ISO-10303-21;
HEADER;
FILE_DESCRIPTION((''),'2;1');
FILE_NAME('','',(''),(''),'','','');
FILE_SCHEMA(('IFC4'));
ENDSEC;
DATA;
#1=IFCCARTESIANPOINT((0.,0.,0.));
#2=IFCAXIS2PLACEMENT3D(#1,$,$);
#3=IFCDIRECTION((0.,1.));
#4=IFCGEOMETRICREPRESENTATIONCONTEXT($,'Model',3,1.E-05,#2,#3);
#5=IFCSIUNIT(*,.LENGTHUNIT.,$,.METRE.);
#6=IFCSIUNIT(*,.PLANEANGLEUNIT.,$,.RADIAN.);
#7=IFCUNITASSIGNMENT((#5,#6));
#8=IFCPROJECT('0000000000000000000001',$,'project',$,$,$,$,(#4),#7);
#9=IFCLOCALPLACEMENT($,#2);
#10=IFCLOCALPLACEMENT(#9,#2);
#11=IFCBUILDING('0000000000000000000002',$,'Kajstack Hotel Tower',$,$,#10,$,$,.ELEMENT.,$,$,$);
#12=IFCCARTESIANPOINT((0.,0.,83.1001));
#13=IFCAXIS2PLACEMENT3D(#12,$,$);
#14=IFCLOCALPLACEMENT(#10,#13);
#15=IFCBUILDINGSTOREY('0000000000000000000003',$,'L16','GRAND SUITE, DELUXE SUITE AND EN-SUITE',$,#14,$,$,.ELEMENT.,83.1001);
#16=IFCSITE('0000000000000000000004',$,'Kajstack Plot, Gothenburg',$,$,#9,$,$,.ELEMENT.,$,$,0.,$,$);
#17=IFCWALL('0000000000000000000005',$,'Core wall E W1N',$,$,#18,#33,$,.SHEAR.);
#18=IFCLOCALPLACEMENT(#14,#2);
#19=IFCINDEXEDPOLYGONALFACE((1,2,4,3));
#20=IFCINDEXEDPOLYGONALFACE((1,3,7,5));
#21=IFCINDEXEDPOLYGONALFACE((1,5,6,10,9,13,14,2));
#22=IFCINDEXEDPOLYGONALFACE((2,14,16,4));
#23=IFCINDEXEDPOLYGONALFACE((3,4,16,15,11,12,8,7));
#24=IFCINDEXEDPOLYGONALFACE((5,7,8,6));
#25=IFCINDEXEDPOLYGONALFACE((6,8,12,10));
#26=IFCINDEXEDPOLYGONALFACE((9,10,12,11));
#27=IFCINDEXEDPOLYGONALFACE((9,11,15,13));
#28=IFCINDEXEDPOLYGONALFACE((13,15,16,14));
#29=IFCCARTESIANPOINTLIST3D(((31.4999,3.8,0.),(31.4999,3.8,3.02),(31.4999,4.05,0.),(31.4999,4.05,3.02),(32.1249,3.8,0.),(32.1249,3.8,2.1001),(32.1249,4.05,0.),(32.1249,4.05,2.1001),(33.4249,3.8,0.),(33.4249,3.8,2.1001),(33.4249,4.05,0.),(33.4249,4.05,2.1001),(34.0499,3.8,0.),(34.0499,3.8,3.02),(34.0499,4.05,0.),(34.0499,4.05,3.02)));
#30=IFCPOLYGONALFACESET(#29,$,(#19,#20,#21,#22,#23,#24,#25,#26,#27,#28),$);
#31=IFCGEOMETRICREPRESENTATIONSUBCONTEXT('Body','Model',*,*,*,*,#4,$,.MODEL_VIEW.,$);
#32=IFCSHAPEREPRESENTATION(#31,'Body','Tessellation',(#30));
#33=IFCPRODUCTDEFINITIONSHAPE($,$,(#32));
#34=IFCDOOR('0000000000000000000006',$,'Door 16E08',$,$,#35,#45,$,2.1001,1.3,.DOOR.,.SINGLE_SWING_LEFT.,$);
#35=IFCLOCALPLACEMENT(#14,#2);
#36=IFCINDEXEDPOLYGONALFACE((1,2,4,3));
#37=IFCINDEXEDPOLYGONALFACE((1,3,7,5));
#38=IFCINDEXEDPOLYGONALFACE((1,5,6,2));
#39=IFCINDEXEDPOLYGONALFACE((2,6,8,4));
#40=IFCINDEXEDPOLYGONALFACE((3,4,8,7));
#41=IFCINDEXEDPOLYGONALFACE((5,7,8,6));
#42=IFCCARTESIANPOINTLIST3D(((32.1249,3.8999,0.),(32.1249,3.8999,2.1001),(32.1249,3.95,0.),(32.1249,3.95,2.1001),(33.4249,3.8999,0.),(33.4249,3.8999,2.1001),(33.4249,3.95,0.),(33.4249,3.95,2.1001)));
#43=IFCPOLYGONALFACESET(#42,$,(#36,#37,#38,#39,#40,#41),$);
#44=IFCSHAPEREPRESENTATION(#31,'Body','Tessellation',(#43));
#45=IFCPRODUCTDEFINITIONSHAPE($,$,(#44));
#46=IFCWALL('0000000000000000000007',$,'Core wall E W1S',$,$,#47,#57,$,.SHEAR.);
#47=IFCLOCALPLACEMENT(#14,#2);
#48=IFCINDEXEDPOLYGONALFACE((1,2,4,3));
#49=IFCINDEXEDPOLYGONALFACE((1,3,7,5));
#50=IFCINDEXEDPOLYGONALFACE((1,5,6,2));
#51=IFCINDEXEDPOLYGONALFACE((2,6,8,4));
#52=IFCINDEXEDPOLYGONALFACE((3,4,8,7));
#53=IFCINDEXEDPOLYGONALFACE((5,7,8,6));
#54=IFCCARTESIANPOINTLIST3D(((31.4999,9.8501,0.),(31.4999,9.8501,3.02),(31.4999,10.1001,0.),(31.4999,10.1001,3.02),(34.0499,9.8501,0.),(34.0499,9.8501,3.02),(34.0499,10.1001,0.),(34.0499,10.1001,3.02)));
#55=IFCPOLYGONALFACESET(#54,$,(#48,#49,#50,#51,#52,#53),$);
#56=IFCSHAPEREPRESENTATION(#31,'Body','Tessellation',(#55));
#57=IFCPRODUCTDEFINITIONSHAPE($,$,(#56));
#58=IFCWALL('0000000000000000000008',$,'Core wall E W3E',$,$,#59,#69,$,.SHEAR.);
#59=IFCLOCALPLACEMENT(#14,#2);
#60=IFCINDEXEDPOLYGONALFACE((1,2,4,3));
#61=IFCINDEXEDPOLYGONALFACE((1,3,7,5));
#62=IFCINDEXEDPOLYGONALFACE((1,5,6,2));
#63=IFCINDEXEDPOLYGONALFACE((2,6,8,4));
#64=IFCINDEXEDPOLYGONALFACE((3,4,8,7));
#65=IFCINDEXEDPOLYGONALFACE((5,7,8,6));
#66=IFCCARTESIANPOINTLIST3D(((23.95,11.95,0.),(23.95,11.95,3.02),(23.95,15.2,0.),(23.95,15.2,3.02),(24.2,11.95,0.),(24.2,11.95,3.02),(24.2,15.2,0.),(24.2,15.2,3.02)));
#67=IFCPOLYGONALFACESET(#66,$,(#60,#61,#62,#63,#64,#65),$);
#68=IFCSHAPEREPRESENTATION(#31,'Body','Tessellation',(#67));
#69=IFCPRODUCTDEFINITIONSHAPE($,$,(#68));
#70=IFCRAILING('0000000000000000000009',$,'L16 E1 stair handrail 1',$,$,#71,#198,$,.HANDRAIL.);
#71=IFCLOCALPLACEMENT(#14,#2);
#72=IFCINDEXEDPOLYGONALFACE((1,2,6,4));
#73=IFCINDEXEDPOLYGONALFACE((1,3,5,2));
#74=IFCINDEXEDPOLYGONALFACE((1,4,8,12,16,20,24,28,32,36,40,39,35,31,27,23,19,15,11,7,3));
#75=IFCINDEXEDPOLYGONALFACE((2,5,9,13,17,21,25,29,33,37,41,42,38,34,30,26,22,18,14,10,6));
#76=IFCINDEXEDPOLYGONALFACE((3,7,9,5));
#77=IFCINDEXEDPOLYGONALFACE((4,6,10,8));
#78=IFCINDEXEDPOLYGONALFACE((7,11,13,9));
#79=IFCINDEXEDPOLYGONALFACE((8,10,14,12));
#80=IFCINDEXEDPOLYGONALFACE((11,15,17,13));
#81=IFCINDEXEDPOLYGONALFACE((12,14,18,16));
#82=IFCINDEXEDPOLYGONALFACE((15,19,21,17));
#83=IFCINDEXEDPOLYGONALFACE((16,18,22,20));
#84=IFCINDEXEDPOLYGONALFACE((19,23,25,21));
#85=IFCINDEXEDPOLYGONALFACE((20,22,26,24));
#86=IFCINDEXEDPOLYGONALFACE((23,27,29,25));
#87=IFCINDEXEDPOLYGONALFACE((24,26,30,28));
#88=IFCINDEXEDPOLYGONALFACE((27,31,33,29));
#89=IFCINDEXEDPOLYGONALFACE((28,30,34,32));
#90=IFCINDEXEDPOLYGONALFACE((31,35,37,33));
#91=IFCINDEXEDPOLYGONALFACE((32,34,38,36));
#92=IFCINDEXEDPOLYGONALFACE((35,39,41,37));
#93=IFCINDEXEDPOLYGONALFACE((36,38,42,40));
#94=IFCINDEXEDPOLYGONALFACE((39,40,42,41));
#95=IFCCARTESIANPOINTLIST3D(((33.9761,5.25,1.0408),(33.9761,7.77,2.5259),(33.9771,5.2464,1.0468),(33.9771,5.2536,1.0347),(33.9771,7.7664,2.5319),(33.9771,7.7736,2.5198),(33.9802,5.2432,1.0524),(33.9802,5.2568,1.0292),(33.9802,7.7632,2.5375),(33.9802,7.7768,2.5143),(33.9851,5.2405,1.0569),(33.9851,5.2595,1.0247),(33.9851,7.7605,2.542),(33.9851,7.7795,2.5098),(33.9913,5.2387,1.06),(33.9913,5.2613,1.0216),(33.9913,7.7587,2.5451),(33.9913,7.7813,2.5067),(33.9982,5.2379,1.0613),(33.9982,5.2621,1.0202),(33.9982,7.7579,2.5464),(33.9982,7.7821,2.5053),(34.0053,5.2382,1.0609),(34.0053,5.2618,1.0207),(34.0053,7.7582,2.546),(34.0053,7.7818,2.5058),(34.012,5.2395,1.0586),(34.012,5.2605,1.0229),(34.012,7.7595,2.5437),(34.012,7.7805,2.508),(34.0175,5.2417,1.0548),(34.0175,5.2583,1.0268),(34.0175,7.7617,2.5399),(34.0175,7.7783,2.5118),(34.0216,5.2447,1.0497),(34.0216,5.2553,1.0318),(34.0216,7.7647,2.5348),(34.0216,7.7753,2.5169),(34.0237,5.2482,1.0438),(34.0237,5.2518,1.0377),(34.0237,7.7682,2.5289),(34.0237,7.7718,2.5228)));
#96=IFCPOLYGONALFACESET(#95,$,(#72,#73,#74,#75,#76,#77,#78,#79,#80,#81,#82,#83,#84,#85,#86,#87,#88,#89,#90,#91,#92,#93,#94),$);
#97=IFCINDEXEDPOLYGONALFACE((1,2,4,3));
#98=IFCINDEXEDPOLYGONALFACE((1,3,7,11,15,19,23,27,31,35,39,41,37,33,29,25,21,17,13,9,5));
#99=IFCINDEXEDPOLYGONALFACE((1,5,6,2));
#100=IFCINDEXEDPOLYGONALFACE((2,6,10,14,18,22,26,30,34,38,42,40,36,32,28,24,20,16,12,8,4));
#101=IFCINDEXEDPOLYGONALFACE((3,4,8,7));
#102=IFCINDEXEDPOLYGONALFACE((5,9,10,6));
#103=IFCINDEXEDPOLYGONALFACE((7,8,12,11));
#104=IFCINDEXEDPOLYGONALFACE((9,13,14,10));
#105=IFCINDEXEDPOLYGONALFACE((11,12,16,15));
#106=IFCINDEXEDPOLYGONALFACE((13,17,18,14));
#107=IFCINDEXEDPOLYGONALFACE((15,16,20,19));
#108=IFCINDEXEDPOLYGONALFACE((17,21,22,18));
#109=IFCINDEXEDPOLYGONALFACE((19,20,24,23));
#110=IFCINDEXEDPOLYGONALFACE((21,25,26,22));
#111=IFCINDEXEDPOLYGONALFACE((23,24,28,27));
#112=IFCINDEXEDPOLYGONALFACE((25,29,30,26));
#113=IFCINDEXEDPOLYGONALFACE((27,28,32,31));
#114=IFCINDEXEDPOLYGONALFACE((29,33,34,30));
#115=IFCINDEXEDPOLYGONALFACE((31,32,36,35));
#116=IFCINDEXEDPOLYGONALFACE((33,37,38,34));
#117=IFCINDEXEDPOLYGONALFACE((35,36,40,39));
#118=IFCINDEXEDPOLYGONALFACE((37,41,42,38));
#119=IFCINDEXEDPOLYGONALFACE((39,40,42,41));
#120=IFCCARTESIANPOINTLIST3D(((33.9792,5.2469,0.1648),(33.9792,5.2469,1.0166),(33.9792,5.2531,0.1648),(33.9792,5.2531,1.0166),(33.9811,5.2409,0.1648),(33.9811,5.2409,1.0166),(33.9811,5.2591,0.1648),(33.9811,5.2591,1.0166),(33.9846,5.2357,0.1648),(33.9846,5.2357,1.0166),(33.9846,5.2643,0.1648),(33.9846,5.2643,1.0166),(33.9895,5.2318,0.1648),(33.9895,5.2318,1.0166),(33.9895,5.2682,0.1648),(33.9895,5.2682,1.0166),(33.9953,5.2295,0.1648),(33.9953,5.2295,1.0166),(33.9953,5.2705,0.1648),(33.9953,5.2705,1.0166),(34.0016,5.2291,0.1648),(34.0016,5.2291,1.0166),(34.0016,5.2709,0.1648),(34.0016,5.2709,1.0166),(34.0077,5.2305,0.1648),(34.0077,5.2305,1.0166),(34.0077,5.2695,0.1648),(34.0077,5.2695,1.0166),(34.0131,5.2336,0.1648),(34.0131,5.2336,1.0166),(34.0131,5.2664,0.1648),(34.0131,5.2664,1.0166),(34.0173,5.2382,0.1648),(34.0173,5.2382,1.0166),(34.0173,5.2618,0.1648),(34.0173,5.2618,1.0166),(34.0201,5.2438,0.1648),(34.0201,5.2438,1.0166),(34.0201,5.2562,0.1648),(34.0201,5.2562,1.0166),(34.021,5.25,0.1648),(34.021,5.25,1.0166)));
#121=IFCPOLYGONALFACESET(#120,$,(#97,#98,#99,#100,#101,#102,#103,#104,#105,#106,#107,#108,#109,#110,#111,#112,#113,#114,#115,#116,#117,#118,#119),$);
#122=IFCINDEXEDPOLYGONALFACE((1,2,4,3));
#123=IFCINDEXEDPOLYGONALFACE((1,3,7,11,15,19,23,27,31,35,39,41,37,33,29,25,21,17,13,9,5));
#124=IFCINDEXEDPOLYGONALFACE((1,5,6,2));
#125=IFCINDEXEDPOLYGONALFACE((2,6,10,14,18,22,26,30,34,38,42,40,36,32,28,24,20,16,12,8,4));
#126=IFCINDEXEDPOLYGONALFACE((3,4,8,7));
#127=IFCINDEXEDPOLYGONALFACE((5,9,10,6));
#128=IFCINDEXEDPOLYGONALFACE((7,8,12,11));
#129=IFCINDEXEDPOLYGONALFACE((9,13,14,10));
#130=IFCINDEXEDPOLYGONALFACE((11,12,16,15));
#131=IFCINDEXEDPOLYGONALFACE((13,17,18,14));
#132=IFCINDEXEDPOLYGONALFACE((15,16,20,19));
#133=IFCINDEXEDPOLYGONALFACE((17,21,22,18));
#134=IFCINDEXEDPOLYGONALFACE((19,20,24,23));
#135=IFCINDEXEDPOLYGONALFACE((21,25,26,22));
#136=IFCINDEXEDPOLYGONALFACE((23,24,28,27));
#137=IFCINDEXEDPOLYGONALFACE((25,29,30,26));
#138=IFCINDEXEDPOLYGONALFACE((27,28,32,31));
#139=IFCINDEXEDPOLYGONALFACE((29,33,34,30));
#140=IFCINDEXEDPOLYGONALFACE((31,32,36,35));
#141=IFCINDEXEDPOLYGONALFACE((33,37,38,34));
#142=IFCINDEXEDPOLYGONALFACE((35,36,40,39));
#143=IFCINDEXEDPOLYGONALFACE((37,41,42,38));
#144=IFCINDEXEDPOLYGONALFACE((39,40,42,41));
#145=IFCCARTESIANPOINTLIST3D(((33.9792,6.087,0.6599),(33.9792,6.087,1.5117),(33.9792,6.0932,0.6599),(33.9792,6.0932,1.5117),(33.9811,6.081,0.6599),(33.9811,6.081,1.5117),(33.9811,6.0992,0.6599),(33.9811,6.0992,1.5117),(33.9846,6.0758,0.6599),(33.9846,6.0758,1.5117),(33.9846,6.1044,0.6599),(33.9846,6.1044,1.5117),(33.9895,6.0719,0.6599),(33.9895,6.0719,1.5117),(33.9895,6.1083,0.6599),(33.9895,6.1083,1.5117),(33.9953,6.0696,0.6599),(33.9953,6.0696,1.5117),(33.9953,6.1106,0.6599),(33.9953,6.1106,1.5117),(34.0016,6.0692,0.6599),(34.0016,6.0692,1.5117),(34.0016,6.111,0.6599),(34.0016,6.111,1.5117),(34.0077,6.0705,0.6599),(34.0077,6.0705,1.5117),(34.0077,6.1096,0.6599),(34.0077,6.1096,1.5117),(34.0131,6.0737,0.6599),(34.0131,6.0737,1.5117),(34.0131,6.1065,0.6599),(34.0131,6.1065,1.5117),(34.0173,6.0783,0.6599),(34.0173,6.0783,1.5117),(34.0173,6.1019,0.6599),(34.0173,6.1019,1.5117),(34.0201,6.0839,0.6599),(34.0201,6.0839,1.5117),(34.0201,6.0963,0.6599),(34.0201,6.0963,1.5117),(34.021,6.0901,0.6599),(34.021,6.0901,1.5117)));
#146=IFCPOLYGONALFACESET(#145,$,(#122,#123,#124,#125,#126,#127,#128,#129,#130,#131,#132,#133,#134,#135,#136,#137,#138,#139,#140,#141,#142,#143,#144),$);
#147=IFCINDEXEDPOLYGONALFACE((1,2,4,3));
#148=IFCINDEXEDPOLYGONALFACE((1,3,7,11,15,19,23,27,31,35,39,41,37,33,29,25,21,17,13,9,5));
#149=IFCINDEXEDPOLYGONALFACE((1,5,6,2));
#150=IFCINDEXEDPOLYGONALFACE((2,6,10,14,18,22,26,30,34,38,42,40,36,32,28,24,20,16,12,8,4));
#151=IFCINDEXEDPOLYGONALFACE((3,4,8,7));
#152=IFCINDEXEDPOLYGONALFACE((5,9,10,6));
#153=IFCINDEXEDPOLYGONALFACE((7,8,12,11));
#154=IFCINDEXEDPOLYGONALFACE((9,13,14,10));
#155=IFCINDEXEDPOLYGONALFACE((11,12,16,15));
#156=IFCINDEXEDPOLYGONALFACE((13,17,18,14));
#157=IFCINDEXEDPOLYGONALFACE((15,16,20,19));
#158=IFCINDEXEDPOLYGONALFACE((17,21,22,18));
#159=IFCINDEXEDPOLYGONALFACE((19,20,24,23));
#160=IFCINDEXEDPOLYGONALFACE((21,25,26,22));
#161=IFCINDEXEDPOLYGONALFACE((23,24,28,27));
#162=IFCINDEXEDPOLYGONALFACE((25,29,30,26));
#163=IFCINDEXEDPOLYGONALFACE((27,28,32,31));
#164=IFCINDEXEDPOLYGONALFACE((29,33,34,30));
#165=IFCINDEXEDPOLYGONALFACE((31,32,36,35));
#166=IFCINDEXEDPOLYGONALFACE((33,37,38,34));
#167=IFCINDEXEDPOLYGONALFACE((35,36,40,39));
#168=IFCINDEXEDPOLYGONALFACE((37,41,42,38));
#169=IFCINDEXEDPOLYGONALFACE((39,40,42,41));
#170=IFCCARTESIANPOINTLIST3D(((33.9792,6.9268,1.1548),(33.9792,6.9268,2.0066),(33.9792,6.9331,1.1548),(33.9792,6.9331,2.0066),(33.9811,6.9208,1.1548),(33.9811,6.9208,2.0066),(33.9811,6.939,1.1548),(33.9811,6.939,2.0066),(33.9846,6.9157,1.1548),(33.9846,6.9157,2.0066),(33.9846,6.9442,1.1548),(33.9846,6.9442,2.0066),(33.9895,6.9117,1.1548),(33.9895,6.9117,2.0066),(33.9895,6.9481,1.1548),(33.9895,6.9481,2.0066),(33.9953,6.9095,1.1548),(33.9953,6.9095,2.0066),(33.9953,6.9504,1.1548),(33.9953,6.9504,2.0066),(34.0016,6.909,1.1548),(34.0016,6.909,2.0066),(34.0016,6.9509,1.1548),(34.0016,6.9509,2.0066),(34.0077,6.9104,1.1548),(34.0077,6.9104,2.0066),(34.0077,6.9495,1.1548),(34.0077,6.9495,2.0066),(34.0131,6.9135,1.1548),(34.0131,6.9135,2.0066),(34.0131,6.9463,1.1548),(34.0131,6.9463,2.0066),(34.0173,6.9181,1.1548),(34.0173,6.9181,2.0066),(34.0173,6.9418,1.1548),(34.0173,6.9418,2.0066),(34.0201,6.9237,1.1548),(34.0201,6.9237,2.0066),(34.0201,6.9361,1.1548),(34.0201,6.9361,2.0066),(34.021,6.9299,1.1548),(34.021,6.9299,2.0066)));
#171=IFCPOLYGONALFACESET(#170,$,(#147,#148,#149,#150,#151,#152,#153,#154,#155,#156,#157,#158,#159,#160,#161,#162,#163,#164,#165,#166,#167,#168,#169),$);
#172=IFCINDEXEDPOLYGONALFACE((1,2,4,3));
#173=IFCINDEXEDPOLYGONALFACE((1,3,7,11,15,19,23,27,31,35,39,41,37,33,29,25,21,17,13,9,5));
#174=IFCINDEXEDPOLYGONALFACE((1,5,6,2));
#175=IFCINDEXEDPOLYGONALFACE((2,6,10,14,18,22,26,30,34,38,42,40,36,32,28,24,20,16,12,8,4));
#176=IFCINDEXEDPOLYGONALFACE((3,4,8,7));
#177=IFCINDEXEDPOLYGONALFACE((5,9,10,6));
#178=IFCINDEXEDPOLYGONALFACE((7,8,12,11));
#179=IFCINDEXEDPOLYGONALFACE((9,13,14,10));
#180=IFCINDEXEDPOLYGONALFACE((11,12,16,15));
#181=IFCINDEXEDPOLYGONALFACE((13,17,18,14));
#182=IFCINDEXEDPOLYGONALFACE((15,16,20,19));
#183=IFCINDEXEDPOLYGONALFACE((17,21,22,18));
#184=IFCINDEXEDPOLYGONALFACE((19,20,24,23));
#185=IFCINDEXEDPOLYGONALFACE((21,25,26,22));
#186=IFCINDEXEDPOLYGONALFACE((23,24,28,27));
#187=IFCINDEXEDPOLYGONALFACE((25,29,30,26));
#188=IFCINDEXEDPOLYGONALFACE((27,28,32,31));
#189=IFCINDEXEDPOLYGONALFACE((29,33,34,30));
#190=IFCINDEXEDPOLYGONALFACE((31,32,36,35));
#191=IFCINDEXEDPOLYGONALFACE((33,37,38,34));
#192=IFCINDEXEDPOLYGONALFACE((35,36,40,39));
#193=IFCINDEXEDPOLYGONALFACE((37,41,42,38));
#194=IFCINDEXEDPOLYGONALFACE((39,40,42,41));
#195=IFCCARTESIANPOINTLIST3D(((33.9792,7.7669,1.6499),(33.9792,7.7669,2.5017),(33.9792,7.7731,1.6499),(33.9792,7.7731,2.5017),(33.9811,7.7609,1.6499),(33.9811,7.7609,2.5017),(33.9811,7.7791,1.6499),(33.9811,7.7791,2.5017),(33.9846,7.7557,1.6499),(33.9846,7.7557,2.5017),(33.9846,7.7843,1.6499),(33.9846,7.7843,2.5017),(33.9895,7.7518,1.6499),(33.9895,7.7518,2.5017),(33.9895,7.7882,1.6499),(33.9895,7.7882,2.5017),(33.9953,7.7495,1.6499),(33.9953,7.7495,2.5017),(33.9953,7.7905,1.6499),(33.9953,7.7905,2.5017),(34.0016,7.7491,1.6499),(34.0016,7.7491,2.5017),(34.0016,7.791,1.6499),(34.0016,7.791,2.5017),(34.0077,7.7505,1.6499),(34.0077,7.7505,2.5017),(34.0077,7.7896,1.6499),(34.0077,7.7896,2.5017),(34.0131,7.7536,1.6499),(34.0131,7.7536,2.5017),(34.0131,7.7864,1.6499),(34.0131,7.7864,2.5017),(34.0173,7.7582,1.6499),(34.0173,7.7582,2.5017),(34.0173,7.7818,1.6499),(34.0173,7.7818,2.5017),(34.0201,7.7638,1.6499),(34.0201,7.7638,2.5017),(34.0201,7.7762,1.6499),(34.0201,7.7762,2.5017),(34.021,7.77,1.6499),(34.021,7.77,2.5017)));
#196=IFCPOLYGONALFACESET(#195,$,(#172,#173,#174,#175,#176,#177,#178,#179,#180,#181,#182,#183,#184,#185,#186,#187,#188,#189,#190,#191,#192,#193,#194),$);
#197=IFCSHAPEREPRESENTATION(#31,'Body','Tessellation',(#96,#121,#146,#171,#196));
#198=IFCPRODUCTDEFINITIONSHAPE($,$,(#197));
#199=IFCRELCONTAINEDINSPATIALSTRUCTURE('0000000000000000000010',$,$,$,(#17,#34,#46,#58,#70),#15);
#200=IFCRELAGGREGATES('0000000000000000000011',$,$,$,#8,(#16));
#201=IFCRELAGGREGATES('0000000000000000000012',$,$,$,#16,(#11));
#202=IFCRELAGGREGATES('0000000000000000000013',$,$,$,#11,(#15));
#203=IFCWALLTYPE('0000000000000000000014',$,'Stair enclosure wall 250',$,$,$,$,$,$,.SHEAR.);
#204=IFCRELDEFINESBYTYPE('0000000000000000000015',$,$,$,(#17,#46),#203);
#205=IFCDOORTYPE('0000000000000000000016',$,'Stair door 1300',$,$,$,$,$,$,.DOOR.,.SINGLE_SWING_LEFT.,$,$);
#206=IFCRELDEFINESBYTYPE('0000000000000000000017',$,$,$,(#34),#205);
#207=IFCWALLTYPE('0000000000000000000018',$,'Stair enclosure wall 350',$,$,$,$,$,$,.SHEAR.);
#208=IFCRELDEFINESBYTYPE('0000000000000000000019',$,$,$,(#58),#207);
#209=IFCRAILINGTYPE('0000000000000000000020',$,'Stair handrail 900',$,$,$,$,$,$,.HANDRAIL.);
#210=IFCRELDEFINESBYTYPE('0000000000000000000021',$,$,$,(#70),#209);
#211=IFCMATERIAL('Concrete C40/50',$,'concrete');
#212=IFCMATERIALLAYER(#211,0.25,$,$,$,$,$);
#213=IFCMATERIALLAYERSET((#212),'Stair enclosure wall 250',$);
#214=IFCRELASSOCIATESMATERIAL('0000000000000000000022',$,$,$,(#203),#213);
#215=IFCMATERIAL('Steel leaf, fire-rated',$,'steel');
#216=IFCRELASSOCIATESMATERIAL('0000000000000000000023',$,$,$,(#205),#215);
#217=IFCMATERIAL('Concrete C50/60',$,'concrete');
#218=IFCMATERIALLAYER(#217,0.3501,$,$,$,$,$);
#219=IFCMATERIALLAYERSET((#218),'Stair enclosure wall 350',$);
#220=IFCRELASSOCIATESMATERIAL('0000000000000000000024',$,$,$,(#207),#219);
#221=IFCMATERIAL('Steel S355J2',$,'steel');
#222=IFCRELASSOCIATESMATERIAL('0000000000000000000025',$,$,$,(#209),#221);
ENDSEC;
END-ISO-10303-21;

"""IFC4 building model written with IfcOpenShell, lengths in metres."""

from ifc_helpers import new_model, si_unit, direction, frame, frame_2d, origin, origin_2d, place, context, subcontext, project, spatial, rectangle, circle, extrude, material, layer, layer_set, type_object, element, fill, save


model = new_model("IFC4")

# Units and contexts
model_context = context("Model", 3, precision=1e-05, world=origin(), true_north=direction((0.0, 1.0)))
body_context = subcontext(model_context, "Body", "Model", "MODEL_VIEW")
ifc_project = project(units=[si_unit("LENGTHUNIT", "METRE"), si_unit("PLANEANGLEUNIT", "RADIAN")], contexts=[model_context])

# Site, building, storey
site_placement = place(None, origin())
site = spatial("IfcSite", under=ifc_project, at=site_placement, Name="Kajstack Plot, Gothenburg", CompositionType="ELEMENT", RefElevation=0.0)
building_placement = place(site_placement, origin())
building = spatial("IfcBuilding", under=site, at=building_placement, Name="Kajstack Hotel Tower", CompositionType="ELEMENT")
storey_placement = place(building_placement, frame((0.0, 0.0, 83.1001)))
storey = spatial("IfcBuildingStorey", under=building, at=storey_placement, Name="L16", Description="GRAND SUITE, DELUXE SUITE AND EN-SUITE", CompositionType="ELEMENT", Elevation=83.1001)

# Shared definitions
ifc_material_1 = material(Name="Concrete C40/50", Category="concrete")
ifc_material_2 = material(Name="Concrete C50/60", Category="concrete")

# Wall, opening, door
ifc_layer_1 = layer(ifc_material_1, 0.25)
ifc_layer_set_1 = layer_set([ifc_layer_1], Name="Stair enclosure wall 250")
wall_type_1 = type_object("IfcWallType", Name="Stair enclosure wall 250", PredefinedType="SHEAR", material=ifc_layer_set_1)
wall_1_placement = place(storey_placement, frame((31.5, 3.925, 0.0), z_axis=(0.0, 0.0, 1.0), x_axis=(1.0, 0.0, 0.0)))
wall_1 = element("IfcWall", 1, at=wall_1_placement, inside=storey, type_object=wall_type_1, Name="Core wall E W1N", PredefinedType="SHEAR", context=body_context, shape_type="SweptSolid", body=[
    extrude(rectangle(XDim=2.55, YDim=0.25, at=frame_2d((1.2749, 0.0))), origin(), (0.0, 0.0, 1.0), 3.02),
])
opening_1_placement = place(wall_1_placement, frame((0.625, 0.0, 0.0)))
opening_1 = element("IfcOpeningElement", 2, at=opening_1_placement, cuts=wall_1, PredefinedType="OPENING", context=body_context, shape_type="SweptSolid", body=[
    extrude(rectangle(XDim=1.3, YDim=2.1001, at=frame_2d((0.6499, 1.05))), frame((0.0, 0.135, 0.0), z_axis=(0.0, -1.0, 0.0), x_axis=(1.0, 0.0, 0.0)), (0.0, 0.0, 1.0), 0.27),
])
ifc_material_3 = material(Name="Steel leaf, fire-rated", Category="steel")
door_type_1 = type_object("IfcDoorType", Name="Stair door 1300", OperationType="SINGLE_SWING_LEFT", PredefinedType="DOOR", material=ifc_material_3)
door_1_placement = place(opening_1_placement, origin())
door_1 = element("IfcDoor", 3, at=door_1_placement, inside=storey, type_object=door_type_1, Name="Door 16E08", OperationType="SINGLE_SWING_LEFT", OverallHeight=2.1001, OverallWidth=1.3, PredefinedType="DOOR", context=body_context, shape_type="SweptSolid", body=[
    extrude(rectangle(XDim=1.3, YDim=2.1001, at=frame_2d((0.6499, 1.05))), frame((0.0, 0.0249, 0.0), z_axis=(0.0, -1.0, 0.0), x_axis=(1.0, 0.0, 0.0)), (0.0, 0.0, 1.0), 0.05),
])
fill(opening_1, door_1)

# Walls
wall_2_placement = place(storey_placement, frame((31.5, 9.9751, 0.0), z_axis=(0.0, 0.0, 1.0), x_axis=(1.0, 0.0, 0.0)))
element("IfcWall", 4, at=wall_2_placement, inside=storey, type_object=wall_type_1, Name="Core wall E W1S", PredefinedType="SHEAR", context=body_context, shape_type="SweptSolid", body=[
    extrude(rectangle(XDim=2.55, YDim=0.25, at=frame_2d((1.2749, 0.0))), origin(), (0.0, 0.0, 1.0), 3.02),
])
ifc_layer_2 = layer(ifc_material_2, 0.3501)
ifc_layer_set_2 = layer_set([ifc_layer_2], Name="Stair enclosure wall 350")
wall_type_2 = type_object("IfcWallType", Name="Stair enclosure wall 350", PredefinedType="SHEAR", material=ifc_layer_set_2)
wall_3_placement = place(storey_placement, frame((24.075, 11.95, 0.0), z_axis=(0.0, 0.0, 1.0), x_axis=(0.0, 1.0, 0.0)))
element("IfcWall", 5, at=wall_3_placement, inside=storey, type_object=wall_type_2, Name="Core wall E W3E", PredefinedType="SHEAR", context=body_context, shape_type="SweptSolid", body=[
    extrude(rectangle(XDim=3.25, YDim=0.25, at=frame_2d((1.625, 0.0))), origin(), (0.0, 0.0, 1.0), 3.02),
])

# Railing
ifc_material_4 = material(Name="Steel S355J2", Category="steel")
railing_type_1 = type_object("IfcRailingType", Name="Stair handrail 900", PredefinedType="HANDRAIL", material=ifc_material_4)
railing_1_placement = place(storey_placement, frame((34.0, 5.25, 0.1648)))
element("IfcRailing", 6, at=railing_1_placement, inside=storey, type_object=railing_type_1, Name="L16 E1 stair handrail 1", PredefinedType="HANDRAIL", context=body_context, shape_type="SweptSolid", body=[
    extrude(circle(Radius=0.0239, at=origin_2d()), frame((0.0, 0.0, 0.876), z_axis=(0.0, 0.861524, 0.507717), x_axis=(-1.0, 0.0, 0.0)), (0.0, 0.0, 1.0), 2.925),
    extrude(circle(Radius=0.021, at=origin_2d()), origin(), (0.0, 0.0, 1.0), 0.8518),
    extrude(circle(Radius=0.021, at=origin_2d()), frame((0.0, 0.8401, 0.4951)), (0.0, 0.0, 1.0), 0.8518),
    extrude(circle(Radius=0.021, at=origin_2d()), frame((0.0, 1.6799, 0.99)), (0.0, 0.0, 1.0), 0.8518),
    extrude(circle(Radius=0.021, at=origin_2d()), frame((0.0, 2.52, 1.4851)), (0.0, 0.0, 1.0), 0.8518),
])

save(model, "model.ifc")
